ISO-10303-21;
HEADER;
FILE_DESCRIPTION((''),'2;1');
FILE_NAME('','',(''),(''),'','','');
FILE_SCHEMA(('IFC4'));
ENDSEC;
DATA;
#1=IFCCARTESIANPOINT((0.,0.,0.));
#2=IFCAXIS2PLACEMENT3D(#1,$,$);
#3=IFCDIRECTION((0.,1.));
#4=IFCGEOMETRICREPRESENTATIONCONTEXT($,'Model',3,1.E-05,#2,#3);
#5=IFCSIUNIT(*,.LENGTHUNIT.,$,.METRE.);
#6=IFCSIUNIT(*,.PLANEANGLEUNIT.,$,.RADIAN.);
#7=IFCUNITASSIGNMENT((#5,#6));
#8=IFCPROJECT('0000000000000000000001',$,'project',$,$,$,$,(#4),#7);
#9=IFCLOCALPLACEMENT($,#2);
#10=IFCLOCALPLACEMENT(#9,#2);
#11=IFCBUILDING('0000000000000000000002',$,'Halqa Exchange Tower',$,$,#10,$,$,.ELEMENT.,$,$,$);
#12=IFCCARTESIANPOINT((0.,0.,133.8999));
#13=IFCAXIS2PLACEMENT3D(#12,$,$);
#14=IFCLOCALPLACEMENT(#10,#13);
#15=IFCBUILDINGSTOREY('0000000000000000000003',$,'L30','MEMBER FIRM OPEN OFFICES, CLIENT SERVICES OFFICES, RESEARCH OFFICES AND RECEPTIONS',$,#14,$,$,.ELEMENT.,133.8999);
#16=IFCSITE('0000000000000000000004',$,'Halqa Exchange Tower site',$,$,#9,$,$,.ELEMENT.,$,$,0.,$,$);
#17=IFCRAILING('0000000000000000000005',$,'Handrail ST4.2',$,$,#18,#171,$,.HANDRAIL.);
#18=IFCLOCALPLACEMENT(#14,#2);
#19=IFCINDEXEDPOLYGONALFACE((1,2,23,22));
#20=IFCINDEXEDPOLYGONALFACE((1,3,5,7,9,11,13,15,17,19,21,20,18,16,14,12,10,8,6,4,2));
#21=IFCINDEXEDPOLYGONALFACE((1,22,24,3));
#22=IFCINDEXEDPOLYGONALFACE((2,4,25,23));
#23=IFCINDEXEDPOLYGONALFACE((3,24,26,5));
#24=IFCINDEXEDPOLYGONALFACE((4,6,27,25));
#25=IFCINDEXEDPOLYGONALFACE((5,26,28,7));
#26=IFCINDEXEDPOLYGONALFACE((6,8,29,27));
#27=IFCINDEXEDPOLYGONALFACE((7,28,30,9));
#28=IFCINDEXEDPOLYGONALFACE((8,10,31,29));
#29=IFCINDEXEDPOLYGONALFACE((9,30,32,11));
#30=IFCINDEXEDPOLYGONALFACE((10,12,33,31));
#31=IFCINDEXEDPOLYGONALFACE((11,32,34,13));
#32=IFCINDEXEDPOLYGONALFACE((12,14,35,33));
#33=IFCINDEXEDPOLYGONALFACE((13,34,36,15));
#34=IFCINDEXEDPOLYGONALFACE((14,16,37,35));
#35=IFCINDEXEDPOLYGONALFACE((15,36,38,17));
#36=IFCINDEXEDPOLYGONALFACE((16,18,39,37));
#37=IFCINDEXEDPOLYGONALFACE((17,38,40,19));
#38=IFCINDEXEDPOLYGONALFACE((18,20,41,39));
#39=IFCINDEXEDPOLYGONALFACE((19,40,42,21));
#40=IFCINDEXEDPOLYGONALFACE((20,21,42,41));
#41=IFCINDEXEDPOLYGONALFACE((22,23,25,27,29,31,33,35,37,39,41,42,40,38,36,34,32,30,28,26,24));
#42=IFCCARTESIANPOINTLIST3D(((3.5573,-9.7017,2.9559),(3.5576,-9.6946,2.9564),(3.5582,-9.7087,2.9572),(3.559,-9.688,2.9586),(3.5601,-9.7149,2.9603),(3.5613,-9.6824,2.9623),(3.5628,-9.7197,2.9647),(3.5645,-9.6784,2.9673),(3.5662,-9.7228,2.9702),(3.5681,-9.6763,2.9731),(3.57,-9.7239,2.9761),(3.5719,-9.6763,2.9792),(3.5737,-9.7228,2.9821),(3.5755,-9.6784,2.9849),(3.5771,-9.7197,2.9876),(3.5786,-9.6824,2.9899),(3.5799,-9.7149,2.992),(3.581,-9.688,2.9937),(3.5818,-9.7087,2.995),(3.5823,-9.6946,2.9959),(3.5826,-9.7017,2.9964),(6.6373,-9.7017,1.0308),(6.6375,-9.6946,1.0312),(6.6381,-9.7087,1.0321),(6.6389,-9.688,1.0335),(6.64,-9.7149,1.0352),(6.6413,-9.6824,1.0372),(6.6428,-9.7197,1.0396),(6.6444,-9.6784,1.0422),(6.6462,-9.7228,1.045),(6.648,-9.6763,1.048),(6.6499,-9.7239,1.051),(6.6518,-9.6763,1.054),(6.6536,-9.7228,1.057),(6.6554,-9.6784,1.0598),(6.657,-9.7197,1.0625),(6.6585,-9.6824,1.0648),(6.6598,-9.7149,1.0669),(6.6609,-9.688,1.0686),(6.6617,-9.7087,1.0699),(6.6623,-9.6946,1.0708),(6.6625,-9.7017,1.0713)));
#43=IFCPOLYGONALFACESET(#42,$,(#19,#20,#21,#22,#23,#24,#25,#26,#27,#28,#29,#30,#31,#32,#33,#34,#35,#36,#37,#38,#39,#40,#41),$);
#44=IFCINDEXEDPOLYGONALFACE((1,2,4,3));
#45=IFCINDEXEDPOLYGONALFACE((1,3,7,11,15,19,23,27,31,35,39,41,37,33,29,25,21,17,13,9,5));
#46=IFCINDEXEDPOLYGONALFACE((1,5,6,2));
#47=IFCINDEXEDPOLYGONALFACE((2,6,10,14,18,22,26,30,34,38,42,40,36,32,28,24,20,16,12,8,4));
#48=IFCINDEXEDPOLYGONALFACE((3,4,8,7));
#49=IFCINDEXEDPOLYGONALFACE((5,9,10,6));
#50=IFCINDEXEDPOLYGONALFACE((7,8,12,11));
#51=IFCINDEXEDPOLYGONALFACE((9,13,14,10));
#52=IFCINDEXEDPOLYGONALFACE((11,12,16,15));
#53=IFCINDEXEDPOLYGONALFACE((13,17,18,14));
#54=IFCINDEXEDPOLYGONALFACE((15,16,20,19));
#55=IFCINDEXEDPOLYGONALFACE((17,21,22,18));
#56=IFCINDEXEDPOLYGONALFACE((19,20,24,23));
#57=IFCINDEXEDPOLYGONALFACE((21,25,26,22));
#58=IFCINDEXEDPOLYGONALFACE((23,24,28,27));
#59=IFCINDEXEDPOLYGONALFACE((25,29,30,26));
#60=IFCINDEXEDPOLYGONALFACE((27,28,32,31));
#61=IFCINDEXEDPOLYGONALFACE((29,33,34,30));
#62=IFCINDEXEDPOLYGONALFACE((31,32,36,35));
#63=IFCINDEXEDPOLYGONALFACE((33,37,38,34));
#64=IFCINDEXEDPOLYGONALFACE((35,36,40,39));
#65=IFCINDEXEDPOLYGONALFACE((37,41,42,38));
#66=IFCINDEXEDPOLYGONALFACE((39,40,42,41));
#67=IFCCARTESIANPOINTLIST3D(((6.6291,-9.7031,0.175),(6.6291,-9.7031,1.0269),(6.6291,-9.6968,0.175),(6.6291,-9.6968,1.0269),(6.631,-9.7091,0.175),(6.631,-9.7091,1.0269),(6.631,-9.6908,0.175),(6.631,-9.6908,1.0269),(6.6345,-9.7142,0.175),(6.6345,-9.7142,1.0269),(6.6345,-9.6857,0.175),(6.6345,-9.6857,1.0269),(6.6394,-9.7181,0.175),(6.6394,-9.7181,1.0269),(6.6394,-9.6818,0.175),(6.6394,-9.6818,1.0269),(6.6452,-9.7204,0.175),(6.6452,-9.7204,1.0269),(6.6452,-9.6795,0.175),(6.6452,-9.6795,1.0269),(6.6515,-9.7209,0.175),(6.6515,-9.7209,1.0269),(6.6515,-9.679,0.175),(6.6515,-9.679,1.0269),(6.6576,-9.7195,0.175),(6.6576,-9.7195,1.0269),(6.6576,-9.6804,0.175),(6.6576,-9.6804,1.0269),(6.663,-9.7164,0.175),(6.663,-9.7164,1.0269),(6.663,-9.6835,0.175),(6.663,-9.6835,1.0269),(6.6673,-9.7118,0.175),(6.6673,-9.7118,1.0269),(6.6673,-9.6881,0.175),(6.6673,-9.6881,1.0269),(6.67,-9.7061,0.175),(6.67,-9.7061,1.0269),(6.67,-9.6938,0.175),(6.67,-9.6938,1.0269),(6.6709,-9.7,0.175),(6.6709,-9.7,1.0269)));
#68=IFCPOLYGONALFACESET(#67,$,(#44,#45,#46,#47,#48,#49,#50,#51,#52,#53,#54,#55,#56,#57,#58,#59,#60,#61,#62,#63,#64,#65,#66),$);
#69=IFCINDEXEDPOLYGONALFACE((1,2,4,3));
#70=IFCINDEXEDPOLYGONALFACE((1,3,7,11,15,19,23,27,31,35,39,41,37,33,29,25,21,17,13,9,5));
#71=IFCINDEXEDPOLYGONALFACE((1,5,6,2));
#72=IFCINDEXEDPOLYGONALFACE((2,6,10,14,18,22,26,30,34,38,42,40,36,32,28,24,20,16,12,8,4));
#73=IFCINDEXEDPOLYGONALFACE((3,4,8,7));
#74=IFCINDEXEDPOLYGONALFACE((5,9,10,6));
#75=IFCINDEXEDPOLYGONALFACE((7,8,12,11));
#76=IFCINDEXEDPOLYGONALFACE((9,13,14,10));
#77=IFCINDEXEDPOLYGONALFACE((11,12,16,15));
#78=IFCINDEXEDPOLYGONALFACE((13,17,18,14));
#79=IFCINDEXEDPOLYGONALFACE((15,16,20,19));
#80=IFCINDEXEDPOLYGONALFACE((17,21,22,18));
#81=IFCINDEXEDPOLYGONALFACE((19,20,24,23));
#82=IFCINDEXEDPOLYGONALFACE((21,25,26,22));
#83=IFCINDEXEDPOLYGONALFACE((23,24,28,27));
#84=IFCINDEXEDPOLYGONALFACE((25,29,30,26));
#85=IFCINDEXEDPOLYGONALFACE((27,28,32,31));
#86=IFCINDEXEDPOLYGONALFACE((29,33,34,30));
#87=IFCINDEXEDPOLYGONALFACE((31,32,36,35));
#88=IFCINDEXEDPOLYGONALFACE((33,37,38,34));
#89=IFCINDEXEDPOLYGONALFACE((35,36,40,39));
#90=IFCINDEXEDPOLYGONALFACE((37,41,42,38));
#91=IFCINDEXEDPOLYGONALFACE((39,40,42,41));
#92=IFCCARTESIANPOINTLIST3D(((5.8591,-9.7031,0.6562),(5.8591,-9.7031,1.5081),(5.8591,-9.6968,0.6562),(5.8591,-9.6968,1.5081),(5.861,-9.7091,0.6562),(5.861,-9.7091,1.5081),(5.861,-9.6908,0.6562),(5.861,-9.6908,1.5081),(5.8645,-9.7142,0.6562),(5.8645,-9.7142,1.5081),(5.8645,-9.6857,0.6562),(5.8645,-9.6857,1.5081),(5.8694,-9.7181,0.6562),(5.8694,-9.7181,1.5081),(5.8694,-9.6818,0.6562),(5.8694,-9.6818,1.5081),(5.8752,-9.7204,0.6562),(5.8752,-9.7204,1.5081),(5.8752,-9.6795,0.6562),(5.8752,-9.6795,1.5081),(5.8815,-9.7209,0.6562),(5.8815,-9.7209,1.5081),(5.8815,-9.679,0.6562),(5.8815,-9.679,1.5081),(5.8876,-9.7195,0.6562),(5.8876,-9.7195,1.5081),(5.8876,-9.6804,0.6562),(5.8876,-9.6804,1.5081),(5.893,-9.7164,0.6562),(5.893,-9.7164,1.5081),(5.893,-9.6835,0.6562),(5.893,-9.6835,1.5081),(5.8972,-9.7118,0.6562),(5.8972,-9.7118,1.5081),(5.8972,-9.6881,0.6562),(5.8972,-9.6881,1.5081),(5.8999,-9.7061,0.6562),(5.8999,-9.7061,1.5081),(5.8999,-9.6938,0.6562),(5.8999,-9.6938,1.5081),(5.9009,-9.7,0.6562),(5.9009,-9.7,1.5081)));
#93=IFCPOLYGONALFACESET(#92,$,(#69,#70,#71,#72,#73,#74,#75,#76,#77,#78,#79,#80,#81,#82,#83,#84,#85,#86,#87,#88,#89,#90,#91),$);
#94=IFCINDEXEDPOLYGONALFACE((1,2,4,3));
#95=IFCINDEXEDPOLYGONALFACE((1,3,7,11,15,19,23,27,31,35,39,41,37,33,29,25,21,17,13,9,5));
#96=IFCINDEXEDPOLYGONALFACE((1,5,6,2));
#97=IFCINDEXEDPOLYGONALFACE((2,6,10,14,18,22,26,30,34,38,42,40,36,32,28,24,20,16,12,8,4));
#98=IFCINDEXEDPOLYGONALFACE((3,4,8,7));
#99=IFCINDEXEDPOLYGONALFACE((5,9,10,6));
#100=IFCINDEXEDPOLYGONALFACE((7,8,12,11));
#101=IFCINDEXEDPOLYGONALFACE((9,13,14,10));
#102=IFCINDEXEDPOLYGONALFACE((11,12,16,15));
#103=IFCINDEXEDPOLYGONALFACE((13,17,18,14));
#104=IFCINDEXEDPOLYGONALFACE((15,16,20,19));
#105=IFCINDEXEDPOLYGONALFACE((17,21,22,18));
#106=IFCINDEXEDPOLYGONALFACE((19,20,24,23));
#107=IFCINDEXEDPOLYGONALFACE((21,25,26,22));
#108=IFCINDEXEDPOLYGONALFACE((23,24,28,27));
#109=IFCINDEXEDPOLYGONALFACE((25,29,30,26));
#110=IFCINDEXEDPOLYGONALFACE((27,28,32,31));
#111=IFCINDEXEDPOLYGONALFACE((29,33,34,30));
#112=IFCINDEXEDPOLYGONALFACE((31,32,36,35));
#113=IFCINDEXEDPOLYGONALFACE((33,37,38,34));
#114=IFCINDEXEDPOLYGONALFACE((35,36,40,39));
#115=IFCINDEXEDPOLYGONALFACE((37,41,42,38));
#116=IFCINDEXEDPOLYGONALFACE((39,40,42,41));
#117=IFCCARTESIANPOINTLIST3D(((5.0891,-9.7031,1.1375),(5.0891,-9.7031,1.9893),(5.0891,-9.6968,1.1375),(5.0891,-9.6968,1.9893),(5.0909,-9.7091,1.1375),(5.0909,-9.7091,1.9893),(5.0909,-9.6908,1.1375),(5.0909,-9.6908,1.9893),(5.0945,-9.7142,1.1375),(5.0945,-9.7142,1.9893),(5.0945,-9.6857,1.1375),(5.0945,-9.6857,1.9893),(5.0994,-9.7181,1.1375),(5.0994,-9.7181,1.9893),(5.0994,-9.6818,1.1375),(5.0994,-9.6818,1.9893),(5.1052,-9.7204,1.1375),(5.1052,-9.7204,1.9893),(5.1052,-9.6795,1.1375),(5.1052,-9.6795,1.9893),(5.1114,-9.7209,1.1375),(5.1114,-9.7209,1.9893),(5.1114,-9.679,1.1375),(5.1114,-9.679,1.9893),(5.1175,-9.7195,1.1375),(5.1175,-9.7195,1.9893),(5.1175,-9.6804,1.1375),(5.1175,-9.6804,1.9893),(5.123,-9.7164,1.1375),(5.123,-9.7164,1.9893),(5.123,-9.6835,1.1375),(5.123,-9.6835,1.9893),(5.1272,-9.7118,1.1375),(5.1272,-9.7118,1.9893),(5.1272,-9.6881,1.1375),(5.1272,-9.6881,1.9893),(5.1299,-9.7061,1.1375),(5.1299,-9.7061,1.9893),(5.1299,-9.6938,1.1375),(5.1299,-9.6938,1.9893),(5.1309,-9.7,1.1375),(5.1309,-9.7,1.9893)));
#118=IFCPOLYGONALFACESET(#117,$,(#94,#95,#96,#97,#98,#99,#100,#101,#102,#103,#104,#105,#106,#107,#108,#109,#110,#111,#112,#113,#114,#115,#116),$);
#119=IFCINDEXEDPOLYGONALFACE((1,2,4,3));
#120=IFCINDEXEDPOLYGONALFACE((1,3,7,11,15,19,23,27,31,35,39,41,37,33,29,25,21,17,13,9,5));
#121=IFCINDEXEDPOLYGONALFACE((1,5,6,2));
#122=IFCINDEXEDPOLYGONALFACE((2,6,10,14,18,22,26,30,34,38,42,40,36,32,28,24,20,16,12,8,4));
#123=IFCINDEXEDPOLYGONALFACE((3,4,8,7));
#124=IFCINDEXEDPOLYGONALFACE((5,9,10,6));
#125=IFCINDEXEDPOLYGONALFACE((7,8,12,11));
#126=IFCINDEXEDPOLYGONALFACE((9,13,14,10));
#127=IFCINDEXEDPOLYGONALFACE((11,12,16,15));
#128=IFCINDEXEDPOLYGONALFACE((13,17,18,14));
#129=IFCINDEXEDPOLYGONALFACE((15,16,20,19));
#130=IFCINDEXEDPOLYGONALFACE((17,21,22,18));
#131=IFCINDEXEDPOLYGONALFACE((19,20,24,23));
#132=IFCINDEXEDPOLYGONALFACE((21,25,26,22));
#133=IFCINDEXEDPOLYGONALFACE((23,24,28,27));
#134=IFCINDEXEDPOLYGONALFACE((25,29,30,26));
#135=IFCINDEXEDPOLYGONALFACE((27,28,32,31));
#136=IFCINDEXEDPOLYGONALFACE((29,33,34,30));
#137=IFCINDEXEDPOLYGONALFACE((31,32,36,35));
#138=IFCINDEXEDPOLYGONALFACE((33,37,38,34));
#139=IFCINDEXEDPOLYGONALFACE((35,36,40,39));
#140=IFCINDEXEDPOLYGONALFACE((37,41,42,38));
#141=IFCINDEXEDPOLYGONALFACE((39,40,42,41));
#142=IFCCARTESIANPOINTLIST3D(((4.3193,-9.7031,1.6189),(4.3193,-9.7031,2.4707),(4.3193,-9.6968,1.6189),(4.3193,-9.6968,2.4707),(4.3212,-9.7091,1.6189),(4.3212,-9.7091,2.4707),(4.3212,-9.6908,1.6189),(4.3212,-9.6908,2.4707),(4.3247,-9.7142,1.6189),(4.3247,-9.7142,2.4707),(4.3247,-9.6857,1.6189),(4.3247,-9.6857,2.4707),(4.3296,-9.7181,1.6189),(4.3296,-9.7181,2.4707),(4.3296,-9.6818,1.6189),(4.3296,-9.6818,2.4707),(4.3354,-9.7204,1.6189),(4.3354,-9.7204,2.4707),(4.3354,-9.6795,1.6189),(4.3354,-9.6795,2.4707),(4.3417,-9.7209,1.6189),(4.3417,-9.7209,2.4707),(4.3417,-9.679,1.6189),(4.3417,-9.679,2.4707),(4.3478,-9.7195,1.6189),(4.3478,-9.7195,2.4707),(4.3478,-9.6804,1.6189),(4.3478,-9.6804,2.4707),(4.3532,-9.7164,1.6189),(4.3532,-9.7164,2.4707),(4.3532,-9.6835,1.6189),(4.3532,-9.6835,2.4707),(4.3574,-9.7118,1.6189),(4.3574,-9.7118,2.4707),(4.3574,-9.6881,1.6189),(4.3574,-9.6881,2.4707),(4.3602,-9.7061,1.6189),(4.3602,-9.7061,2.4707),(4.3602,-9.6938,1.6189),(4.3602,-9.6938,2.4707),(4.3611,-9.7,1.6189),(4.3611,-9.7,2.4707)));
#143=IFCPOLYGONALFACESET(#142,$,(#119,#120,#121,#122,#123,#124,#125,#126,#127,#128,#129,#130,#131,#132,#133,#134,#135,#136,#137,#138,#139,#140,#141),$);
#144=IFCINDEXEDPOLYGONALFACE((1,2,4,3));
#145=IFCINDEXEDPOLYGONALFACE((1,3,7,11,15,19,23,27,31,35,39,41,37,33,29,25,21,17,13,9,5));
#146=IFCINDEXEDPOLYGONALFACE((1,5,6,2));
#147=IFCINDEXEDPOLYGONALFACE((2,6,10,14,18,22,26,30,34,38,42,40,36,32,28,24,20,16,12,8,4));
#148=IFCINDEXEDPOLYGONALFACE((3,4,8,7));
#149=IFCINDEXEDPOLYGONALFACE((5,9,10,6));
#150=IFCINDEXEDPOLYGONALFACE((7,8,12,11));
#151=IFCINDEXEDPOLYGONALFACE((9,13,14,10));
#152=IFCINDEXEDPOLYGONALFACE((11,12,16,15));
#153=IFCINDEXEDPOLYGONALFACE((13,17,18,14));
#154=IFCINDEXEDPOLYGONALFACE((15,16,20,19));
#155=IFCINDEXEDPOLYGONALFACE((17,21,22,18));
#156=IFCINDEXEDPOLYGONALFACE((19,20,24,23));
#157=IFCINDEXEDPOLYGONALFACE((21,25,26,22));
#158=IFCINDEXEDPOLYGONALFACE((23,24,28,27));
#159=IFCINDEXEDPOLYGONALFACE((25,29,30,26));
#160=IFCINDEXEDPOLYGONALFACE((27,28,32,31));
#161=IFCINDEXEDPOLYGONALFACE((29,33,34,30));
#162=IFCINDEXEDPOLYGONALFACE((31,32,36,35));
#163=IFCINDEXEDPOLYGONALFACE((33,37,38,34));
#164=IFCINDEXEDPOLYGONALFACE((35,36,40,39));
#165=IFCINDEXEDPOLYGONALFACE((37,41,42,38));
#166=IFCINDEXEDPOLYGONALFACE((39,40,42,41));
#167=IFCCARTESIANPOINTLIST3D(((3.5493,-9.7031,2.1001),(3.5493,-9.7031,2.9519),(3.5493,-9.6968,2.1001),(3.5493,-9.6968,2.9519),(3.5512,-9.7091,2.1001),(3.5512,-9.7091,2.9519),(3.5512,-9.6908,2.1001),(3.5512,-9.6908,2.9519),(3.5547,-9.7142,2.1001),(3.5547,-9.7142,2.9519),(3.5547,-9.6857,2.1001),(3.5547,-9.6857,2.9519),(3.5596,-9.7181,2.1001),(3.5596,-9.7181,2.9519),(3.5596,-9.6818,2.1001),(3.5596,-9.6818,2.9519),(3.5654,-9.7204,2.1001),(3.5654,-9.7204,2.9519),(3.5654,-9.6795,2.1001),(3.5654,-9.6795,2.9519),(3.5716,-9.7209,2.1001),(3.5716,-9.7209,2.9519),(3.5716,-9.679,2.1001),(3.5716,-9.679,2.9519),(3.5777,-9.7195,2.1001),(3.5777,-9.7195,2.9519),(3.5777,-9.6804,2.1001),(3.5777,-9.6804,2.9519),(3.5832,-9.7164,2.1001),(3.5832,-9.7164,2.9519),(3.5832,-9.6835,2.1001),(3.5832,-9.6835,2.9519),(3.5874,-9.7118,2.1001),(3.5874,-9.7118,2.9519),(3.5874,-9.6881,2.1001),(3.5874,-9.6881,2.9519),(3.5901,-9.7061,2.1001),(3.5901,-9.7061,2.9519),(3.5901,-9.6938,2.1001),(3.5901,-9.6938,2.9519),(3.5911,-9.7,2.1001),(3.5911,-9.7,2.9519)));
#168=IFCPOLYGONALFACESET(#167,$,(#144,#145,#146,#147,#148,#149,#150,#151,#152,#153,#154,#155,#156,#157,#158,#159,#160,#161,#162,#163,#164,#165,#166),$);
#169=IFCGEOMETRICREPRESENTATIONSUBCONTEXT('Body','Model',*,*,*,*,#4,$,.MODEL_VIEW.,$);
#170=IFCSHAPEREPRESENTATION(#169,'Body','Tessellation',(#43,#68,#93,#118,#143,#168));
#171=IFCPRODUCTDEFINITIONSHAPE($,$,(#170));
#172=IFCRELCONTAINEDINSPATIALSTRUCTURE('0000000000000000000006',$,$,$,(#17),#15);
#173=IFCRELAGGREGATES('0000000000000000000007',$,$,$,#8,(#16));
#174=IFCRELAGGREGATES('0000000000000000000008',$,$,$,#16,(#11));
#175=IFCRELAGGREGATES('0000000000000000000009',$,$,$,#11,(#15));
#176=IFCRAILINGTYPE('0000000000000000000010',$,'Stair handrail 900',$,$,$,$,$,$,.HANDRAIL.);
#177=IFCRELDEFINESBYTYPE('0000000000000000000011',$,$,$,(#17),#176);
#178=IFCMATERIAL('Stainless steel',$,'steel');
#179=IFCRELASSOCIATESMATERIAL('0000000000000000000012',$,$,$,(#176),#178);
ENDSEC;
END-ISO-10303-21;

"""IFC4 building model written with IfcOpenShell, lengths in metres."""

from ifc_helpers import new_model, si_unit, direction, frame, origin, origin_2d, place, context, subcontext, project, spatial, circle, extrude, material, type_object, element, save


model = new_model("IFC4")

# Units and contexts
model_context = context("Model", 3, precision=1e-05, world=origin(), true_north=direction((0.0, 1.0)))
body_context = subcontext(model_context, "Body", "Model", "MODEL_VIEW")
ifc_project = project(units=[si_unit("LENGTHUNIT", "METRE"), si_unit("PLANEANGLEUNIT", "RADIAN")], contexts=[model_context])

# Site, building, storey
site_placement = place(None, origin())
site = spatial("IfcSite", under=ifc_project, at=site_placement, Name="Halqa Exchange Tower site", CompositionType="ELEMENT", RefElevation=0.0)
building_placement = place(site_placement, origin())
building = spatial("IfcBuilding", under=site, at=building_placement, Name="Halqa Exchange Tower", CompositionType="ELEMENT")
storey_placement = place(building_placement, frame((0.0, 0.0, 133.8999)))
storey = spatial("IfcBuildingStorey", under=building, at=storey_placement, Name="L30", Description="MEMBER FIRM OPEN OFFICES, CLIENT SERVICES OFFICES, RESEARCH OFFICES AND RECEPTIONS", CompositionType="ELEMENT", Elevation=133.8999)

# Railing
ifc_material_1 = material(Name="Stainless steel", Category="steel")
railing_type_1 = type_object("IfcRailingType", Name="Stair handrail 900", PredefinedType="HANDRAIL", material=ifc_material_1)
railing_1_placement = place(storey_placement, frame((6.6499, -9.7, 0.175)))
element("IfcRailing", 1, at=railing_1_placement, inside=storey, type_object=railing_type_1, Name="Handrail ST4.2", PredefinedType="HANDRAIL", context=body_context, shape_type="SweptSolid", body=[
    extrude(circle(Radius=0.0239, at=origin_2d()), frame((0.0, 0.0, 0.876), z_axis=(-0.847979, 0.0, 0.530029), x_axis=(0.0, -1.0, 0.0)), (0.0, 0.0, 1.0), 3.6321),
    extrude(circle(Radius=0.021, at=origin_2d()), origin(), (0.0, 0.0, 1.0), 0.8518),
    extrude(circle(Radius=0.021, at=origin_2d()), frame((-0.77, 0.0, 0.4812)), (0.0, 0.0, 1.0), 0.8518),
    extrude(circle(Radius=0.021, at=origin_2d()), frame((-1.54, 0.0, 0.9624)), (0.0, 0.0, 1.0), 0.8518),
    extrude(circle(Radius=0.021, at=origin_2d()), frame((-2.3098, 0.0, 1.4438)), (0.0, 0.0, 1.0), 0.8518),
    extrude(circle(Radius=0.021, at=origin_2d()), frame((-3.0798, 0.0, 1.925)), (0.0, 0.0, 1.0), 0.8518),
])

save(model, "model.ifc")
